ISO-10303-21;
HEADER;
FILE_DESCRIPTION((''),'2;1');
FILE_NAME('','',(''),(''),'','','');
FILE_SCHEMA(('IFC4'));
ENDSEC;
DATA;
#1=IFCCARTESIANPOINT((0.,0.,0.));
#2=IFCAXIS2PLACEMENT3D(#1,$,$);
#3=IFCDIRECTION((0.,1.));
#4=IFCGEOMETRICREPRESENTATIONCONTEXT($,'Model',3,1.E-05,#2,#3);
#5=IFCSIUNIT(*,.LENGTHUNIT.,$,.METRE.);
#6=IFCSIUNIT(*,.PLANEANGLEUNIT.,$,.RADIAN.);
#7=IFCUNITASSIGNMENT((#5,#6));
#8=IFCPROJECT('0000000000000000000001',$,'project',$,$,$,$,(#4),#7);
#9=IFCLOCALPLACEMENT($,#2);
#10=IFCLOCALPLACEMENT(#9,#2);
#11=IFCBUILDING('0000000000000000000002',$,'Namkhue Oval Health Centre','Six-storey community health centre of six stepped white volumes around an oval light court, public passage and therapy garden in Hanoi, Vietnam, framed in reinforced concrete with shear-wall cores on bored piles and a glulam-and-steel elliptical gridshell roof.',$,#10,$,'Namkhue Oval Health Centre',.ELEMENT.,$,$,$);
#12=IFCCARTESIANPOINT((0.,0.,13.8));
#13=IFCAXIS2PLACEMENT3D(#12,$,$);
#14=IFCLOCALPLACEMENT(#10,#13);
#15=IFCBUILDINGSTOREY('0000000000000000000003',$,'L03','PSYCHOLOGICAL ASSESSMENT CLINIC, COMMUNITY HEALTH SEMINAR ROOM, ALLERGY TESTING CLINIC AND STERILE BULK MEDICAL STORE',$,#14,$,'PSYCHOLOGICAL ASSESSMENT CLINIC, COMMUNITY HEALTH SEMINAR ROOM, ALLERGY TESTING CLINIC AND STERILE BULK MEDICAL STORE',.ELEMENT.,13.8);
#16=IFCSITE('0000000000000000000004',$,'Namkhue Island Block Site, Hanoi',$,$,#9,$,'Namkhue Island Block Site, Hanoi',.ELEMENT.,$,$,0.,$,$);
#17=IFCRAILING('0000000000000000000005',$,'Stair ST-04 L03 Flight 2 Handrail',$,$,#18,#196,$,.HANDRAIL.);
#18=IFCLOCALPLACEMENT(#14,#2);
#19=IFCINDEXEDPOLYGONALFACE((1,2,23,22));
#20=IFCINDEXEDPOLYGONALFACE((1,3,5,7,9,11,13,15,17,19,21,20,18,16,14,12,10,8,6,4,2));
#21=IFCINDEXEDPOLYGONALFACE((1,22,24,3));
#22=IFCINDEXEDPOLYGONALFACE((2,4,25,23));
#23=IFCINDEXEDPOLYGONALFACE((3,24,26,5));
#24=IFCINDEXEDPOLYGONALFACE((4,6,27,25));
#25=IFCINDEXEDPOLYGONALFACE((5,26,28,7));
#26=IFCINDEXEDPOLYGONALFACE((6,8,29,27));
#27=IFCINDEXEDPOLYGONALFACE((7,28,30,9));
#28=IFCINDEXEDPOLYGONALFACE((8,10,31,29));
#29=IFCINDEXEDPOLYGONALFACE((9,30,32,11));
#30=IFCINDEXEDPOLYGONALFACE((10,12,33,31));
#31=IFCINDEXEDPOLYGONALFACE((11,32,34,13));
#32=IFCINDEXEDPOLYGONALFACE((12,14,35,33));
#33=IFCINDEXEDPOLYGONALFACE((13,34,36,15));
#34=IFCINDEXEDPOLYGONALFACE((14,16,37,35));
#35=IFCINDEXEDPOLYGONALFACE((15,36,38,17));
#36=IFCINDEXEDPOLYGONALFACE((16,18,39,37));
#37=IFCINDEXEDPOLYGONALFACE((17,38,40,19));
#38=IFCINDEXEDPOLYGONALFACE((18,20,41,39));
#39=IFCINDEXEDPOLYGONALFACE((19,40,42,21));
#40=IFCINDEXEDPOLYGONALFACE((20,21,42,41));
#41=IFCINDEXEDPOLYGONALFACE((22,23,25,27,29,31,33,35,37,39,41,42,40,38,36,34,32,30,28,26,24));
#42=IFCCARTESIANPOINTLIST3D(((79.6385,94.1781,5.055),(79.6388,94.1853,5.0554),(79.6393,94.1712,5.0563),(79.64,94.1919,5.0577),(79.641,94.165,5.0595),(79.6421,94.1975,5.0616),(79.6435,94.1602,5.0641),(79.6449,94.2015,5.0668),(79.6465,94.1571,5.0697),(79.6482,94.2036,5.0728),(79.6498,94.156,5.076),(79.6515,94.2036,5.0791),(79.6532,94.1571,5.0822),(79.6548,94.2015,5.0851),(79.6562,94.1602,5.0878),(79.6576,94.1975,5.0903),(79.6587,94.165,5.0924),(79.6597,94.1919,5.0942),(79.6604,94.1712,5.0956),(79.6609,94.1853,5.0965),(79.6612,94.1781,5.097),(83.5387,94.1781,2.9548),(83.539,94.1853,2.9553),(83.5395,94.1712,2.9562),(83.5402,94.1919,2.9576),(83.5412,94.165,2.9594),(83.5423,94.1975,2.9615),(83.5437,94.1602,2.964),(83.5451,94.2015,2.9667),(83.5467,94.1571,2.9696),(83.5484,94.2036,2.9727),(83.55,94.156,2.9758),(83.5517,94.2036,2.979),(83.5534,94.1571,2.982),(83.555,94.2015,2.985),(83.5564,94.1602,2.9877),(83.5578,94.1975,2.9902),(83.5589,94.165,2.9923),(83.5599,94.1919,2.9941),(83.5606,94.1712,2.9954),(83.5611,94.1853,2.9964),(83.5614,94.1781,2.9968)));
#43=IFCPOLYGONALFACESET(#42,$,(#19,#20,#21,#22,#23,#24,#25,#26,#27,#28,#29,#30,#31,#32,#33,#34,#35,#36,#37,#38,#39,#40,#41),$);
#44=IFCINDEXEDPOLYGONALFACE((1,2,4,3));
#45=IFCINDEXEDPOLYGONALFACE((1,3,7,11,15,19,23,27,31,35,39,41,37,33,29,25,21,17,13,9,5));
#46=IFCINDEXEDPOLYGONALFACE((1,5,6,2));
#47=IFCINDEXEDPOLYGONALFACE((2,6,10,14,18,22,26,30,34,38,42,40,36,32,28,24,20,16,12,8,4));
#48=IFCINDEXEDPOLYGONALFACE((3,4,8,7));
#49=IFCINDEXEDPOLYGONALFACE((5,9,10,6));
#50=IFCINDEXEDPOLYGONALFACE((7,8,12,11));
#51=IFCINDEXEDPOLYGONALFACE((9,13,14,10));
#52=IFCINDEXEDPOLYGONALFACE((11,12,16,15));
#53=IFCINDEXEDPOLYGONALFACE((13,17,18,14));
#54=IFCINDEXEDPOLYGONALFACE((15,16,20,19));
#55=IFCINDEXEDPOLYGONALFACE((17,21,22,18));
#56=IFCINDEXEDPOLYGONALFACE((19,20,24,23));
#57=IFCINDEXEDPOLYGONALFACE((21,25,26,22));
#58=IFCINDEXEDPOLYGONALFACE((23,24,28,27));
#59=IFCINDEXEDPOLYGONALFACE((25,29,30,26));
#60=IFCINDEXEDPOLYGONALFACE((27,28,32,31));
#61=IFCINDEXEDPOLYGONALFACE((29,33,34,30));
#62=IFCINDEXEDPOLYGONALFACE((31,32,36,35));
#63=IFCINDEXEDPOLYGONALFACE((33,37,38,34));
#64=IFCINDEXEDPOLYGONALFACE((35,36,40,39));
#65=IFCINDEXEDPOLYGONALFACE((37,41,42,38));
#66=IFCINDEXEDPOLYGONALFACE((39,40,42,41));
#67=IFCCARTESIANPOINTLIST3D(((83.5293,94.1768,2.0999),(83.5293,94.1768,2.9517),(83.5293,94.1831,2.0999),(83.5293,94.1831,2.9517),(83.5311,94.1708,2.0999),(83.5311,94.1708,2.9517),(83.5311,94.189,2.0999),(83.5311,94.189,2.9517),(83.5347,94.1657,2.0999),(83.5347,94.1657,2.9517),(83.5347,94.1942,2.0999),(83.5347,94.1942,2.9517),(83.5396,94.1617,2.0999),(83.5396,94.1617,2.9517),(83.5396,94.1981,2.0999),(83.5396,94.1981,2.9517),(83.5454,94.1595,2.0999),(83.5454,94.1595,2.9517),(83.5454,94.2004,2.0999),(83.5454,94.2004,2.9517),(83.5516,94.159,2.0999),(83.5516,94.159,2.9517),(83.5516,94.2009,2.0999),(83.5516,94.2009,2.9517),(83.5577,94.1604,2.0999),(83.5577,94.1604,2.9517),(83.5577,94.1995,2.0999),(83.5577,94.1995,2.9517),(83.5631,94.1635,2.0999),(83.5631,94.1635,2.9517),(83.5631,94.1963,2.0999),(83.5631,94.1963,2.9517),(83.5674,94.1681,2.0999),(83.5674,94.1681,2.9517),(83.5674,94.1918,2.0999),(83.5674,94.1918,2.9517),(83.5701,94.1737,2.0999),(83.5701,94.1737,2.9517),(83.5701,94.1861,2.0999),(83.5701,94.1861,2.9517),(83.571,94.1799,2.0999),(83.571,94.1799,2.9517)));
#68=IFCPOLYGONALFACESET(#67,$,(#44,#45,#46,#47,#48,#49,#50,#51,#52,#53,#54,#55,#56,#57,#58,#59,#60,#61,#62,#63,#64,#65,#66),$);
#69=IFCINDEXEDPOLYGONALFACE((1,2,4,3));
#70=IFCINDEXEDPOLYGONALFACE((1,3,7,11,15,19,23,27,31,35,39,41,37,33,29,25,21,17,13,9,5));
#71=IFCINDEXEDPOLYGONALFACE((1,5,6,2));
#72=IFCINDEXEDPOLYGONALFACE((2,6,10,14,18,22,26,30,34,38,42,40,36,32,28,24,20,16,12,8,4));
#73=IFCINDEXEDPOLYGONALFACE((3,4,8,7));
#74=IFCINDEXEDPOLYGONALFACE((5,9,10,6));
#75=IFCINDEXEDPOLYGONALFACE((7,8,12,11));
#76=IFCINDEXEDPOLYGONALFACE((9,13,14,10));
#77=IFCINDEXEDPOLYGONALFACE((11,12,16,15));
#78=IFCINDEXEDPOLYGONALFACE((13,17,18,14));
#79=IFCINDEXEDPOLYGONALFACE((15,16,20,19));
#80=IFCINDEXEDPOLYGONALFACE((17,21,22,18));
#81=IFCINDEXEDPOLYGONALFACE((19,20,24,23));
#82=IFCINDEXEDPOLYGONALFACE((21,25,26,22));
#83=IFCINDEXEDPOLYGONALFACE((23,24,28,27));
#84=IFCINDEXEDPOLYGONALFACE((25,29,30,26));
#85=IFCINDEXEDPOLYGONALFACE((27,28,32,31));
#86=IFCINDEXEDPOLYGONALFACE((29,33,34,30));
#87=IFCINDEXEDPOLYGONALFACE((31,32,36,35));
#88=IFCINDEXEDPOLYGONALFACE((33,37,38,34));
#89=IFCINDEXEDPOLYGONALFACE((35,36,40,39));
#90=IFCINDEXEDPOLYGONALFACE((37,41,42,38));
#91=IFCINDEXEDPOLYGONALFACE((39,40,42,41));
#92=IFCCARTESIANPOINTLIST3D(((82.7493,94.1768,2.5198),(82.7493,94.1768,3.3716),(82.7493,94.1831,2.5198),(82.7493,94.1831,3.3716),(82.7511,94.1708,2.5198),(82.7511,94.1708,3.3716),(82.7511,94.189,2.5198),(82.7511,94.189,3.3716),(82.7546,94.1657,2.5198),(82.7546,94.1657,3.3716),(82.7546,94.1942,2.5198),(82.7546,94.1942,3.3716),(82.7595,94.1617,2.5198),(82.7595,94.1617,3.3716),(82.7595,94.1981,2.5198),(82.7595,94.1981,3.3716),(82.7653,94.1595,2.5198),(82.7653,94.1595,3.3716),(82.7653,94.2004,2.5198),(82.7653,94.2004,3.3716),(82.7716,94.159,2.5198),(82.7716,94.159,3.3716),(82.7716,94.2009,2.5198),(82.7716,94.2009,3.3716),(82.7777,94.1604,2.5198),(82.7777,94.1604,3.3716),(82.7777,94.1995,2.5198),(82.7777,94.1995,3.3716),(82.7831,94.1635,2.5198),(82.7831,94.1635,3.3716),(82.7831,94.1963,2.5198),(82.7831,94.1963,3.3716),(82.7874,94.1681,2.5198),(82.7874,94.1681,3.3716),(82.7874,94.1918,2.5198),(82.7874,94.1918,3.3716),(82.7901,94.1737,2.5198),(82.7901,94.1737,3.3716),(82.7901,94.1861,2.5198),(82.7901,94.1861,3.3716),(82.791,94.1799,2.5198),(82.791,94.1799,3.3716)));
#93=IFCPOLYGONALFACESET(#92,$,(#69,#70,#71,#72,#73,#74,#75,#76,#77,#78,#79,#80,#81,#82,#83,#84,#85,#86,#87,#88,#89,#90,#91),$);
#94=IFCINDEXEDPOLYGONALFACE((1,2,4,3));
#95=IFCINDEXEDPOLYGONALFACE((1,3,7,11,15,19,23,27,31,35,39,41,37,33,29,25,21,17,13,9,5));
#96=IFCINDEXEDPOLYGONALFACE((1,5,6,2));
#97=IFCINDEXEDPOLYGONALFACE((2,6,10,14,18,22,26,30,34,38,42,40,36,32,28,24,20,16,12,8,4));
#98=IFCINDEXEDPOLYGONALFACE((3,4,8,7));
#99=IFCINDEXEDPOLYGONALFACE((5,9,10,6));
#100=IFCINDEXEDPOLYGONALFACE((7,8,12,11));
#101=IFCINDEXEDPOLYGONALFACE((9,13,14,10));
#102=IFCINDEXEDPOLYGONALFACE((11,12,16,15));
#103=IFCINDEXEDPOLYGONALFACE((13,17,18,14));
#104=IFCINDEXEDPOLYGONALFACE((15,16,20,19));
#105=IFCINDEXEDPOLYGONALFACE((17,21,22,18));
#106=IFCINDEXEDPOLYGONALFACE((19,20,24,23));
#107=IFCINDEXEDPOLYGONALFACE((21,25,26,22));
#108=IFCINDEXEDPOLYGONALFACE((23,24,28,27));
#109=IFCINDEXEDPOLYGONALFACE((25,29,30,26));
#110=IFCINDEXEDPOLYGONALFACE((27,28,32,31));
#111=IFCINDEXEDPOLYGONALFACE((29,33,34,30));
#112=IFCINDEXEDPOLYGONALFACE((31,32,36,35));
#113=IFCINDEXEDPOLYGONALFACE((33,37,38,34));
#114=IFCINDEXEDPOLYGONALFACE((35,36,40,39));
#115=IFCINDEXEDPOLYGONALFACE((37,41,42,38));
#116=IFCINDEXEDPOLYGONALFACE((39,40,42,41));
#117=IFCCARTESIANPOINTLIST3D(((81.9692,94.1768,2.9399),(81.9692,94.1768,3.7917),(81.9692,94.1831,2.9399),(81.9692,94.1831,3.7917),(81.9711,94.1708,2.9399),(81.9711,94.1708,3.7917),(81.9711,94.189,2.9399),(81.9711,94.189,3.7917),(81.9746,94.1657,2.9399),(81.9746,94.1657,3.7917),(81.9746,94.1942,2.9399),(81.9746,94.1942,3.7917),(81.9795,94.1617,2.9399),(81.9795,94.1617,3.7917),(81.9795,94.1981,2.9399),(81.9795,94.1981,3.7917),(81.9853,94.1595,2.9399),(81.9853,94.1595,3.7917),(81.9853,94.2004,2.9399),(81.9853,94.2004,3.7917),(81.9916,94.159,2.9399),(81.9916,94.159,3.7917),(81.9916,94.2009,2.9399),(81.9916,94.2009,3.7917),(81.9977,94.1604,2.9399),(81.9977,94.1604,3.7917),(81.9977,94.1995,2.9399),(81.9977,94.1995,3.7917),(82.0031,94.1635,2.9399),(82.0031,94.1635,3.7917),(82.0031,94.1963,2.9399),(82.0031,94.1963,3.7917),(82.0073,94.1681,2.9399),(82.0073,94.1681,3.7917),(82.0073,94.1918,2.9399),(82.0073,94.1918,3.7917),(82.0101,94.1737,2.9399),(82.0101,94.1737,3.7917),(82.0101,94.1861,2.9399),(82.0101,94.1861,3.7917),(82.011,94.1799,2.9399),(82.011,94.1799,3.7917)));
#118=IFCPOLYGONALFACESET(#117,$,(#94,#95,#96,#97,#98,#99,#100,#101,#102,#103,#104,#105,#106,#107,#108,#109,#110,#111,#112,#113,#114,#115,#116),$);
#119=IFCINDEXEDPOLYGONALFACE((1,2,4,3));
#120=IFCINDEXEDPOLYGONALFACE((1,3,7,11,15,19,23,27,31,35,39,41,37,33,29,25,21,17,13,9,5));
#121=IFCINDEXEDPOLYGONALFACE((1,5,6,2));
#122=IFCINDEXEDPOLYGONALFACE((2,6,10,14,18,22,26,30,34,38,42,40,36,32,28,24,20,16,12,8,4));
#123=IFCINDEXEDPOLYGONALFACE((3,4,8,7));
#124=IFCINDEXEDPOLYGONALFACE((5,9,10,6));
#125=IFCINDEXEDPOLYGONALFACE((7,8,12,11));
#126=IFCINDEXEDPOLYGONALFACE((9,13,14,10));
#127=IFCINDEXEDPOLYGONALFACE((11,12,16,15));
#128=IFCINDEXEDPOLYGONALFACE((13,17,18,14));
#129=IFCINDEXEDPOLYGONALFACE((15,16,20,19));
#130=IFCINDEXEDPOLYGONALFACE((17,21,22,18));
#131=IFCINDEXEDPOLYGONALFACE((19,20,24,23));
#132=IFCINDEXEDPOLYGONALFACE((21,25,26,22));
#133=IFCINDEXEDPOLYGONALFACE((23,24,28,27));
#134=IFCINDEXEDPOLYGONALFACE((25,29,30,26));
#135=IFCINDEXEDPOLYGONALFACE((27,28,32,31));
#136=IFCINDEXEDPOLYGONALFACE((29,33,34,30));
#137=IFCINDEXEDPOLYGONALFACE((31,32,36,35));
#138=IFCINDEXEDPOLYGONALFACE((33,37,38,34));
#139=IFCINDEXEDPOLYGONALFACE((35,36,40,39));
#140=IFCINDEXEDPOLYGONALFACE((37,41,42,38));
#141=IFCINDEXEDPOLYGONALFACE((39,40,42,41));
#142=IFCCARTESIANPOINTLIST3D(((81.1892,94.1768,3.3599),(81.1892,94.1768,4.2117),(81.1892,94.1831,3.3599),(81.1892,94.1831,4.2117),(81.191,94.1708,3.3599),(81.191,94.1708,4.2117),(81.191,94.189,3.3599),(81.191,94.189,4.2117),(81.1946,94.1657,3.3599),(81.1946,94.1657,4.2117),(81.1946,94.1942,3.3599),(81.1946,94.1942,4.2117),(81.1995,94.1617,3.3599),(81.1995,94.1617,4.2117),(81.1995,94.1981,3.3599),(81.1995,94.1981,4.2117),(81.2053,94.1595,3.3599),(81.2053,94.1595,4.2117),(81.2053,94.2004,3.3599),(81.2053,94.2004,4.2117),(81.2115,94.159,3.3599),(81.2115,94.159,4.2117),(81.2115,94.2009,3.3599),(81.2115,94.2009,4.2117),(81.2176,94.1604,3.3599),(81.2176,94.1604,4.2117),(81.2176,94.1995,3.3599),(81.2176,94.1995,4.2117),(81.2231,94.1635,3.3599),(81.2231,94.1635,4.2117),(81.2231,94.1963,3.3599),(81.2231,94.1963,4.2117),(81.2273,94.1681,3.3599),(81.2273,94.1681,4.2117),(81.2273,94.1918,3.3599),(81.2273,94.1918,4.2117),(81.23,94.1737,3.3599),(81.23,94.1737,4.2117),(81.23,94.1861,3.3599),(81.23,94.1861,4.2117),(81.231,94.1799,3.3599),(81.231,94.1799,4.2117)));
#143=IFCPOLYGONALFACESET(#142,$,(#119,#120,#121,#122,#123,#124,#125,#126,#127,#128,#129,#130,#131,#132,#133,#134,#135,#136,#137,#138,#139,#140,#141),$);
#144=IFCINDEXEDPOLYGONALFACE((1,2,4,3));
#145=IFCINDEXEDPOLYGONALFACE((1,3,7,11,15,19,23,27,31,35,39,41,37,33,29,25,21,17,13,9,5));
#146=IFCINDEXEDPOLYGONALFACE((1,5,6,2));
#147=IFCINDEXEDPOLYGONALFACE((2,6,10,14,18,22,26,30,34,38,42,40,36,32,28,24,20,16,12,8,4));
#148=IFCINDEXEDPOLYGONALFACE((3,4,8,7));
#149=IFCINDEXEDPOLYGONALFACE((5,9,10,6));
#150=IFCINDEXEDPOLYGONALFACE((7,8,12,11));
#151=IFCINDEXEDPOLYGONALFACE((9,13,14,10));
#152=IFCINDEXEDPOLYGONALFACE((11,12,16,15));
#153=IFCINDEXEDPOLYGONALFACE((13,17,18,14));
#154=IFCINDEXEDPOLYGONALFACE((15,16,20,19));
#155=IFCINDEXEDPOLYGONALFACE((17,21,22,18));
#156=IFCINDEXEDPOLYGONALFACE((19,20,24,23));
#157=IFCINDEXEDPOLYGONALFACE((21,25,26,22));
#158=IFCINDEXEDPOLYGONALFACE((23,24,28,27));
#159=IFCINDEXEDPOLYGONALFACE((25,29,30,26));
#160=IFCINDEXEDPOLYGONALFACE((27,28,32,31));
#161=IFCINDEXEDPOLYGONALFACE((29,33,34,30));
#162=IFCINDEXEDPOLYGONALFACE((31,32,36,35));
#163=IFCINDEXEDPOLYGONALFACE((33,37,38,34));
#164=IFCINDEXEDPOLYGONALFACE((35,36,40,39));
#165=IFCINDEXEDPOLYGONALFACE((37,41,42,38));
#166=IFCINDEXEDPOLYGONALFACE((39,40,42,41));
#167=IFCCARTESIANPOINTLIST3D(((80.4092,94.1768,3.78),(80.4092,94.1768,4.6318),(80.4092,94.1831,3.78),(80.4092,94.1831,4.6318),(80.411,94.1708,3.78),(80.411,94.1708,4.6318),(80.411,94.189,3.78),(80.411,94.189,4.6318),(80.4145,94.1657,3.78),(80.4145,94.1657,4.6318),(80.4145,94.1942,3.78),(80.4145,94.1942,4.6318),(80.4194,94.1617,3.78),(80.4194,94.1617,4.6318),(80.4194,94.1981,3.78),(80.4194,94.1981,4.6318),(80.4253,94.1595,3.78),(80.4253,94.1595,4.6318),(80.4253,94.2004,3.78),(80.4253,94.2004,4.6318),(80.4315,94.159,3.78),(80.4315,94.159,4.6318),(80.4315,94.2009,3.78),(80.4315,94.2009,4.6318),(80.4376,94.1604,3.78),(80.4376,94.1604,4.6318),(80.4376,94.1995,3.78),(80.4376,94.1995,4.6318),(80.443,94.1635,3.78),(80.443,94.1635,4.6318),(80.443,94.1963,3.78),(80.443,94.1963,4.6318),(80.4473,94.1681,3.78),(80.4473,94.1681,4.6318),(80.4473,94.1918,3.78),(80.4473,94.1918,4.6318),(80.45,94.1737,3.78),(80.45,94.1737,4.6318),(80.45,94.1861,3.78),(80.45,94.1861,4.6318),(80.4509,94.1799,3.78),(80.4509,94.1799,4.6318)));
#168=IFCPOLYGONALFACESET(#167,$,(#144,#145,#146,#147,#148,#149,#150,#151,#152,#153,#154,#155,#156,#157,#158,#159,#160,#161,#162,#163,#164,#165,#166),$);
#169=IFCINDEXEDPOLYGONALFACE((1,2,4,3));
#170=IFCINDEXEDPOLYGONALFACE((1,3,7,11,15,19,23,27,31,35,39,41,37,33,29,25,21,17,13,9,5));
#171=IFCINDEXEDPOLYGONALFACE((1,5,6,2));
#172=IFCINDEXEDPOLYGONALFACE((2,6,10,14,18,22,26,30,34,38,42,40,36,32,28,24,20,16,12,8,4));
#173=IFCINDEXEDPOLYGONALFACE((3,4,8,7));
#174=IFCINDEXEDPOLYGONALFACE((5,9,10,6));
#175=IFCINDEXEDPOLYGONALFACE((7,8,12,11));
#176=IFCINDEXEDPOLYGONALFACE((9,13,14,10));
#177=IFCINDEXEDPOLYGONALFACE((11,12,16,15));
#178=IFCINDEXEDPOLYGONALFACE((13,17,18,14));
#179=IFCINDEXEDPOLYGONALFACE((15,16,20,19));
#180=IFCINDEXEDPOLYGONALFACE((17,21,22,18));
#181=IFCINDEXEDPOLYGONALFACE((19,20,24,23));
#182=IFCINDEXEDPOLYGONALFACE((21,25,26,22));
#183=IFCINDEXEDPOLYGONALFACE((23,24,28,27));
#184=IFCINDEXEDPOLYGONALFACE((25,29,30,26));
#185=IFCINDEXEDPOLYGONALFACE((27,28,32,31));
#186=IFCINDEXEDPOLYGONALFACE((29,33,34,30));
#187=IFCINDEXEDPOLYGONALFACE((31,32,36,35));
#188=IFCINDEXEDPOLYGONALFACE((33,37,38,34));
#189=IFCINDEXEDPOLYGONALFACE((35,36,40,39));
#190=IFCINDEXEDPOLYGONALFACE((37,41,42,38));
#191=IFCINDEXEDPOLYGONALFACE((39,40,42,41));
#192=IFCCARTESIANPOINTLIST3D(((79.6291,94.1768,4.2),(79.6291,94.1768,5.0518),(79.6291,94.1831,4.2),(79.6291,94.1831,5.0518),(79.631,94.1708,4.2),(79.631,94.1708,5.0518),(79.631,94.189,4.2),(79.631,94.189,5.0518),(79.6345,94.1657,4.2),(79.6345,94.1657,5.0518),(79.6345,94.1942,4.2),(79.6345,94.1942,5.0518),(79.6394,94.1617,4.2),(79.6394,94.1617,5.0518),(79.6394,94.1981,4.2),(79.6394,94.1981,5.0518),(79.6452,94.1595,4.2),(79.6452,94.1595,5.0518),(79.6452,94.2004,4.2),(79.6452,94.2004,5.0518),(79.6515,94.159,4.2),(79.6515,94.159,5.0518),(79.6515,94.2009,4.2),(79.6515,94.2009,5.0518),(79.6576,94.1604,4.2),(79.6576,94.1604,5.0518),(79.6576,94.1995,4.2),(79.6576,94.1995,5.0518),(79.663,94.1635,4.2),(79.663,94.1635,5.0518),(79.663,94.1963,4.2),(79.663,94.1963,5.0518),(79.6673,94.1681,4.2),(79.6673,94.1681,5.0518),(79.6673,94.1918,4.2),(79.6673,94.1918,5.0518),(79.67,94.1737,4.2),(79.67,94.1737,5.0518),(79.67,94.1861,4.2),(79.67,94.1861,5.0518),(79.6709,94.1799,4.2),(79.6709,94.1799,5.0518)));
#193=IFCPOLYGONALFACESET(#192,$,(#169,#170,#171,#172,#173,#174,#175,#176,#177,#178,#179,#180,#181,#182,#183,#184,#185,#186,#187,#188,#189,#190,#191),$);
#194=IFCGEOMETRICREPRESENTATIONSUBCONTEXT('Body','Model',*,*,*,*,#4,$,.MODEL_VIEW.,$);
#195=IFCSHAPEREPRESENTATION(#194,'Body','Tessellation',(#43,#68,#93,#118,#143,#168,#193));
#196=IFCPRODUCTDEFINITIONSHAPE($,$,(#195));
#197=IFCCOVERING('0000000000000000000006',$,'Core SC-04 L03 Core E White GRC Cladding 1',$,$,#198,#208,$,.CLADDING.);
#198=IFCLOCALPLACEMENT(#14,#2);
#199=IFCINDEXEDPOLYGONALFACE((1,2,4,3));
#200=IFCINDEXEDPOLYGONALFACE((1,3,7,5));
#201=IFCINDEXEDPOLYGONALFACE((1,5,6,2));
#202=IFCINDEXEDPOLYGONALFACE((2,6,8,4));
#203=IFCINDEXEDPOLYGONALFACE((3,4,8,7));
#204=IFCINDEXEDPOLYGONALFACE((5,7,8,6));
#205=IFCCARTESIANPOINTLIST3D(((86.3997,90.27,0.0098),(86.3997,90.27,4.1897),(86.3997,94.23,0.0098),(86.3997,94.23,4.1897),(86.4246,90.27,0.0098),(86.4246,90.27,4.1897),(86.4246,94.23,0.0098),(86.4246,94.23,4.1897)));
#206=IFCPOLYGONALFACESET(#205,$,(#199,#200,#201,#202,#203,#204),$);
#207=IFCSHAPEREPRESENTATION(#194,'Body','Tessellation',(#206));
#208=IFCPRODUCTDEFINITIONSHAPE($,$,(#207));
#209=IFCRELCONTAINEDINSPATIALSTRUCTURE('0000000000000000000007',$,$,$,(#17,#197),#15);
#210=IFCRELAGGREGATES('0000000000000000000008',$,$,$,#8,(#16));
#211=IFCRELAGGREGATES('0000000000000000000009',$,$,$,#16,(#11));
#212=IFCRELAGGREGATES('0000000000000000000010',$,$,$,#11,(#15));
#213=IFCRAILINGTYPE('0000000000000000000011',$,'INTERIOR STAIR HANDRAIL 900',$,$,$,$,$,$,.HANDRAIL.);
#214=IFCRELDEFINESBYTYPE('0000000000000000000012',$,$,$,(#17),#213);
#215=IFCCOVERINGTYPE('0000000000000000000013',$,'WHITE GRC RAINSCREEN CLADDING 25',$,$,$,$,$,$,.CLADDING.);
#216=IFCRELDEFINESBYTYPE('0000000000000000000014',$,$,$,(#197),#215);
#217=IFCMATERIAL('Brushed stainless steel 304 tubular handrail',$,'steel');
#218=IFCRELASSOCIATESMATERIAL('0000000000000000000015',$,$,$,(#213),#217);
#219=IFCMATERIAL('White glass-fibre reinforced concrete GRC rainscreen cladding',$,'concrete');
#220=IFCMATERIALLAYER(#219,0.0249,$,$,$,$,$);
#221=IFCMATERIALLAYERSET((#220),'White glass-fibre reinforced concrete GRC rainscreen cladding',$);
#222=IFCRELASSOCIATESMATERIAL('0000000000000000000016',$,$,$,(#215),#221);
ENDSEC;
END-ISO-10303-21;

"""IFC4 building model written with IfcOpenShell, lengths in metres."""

from ifc_helpers import new_model, si_unit, direction, frame, origin, origin_2d, place, context, subcontext, project, spatial, rectangle, circle, extrude, material, layer, layer_set, type_object, element, save


model = new_model("IFC4")

# Units and contexts
model_context = context("Model", 3, precision=1e-05, world=origin(), true_north=direction((0.0, 1.0)))
body_context = subcontext(model_context, "Body", "Model", "MODEL_VIEW")
ifc_project = project(units=[si_unit("LENGTHUNIT", "METRE"), si_unit("PLANEANGLEUNIT", "RADIAN")], contexts=[model_context])

# Site, building, storey
site_placement = place(None, origin())
site = spatial("IfcSite", under=ifc_project, at=site_placement, Name="Namkhue Island Block Site, Hanoi", LongName="Namkhue Island Block Site, Hanoi", CompositionType="ELEMENT", RefElevation=0.0)
building_placement = place(site_placement, origin())
building = spatial("IfcBuilding", under=site, at=building_placement, Name="Namkhue Oval Health Centre", Description="Six-storey community health centre of six stepped white volumes around an oval light court, public passage and therapy garden in Hanoi, Vietnam, framed in reinforced concrete with shear-wall cores on bored piles and a glulam-and-steel elliptical gridshell roof.", LongName="Namkhue Oval Health Centre", CompositionType="ELEMENT")
storey_placement = place(building_placement, frame((0.0, 0.0, 13.8)))
storey = spatial("IfcBuildingStorey", under=building, at=storey_placement, Name="L03", Description="PSYCHOLOGICAL ASSESSMENT CLINIC, COMMUNITY HEALTH SEMINAR ROOM, ALLERGY TESTING CLINIC AND STERILE BULK MEDICAL STORE", LongName="PSYCHOLOGICAL ASSESSMENT CLINIC, COMMUNITY HEALTH SEMINAR ROOM, ALLERGY TESTING CLINIC AND STERILE BULK MEDICAL STORE", CompositionType="ELEMENT", Elevation=13.8)

# Railing
ifc_material_1 = material(Name="Brushed stainless steel 304 tubular handrail", Category="steel")
railing_type = type_object("IfcRailingType", Name="INTERIOR STAIR HANDRAIL 900", PredefinedType="HANDRAIL", material=ifc_material_1)
railing_placement = place(storey_placement, frame((83.55, 94.1799, 2.0999)))
element("IfcRailing", 1, at=railing_placement, inside=storey, type_object=railing_type, Name="Stair ST-04 L03 Flight 2 Handrail", PredefinedType="HANDRAIL", context=body_context, shape_type="SweptSolid", body=[
    extrude(circle(Radius=0.0239, at=origin_2d()), frame((0.0, 0.0, 0.876), z_axis=(-0.880469, 0.0, 0.474103), x_axis=(0.0, -1.0, 0.0)), (0.0, 0.0, 1.0), 4.4297),
    extrude(circle(Radius=0.021, at=origin_2d()), origin(), (0.0, 0.0, 1.0), 0.8518),
    extrude(circle(Radius=0.021, at=origin_2d()), frame((-0.78, 0.0, 0.4199)), (0.0, 0.0, 1.0), 0.8518),
    extrude(circle(Radius=0.021, at=origin_2d()), frame((-1.5601, 0.0, 0.8401)), (0.0, 0.0, 1.0), 0.8518),
    extrude(circle(Radius=0.021, at=origin_2d()), frame((-2.3401, 0.0, 1.26)), (0.0, 0.0, 1.0), 0.8518),
    extrude(circle(Radius=0.021, at=origin_2d()), frame((-3.1201, 0.0, 1.6802)), (0.0, 0.0, 1.0), 0.8518),
    extrude(circle(Radius=0.021, at=origin_2d()), frame((-3.9001, 0.0, 2.1001)), (0.0, 0.0, 1.0), 0.8518),
])

# Covering
ifc_material_2 = material(Name="White glass-fibre reinforced concrete GRC rainscreen cladding", Category="concrete")
ifc_layer_1 = layer(ifc_material_2, 0.0249)
ifc_layer_set_1 = layer_set([ifc_layer_1], Name="White glass-fibre reinforced concrete GRC rainscreen cladding")
covering_type = type_object("IfcCoveringType", Name="WHITE GRC RAINSCREEN CLADDING 25", PredefinedType="CLADDING", material=ifc_layer_set_1)
for number, where, z_axis, x_axis, name in (
    (2, (86.4121, 92.25, 0.0098), (0.0, 0.0, 1.0), (0.0, 1.0, 0.0), "Core SC-04 L03 Core E White GRC Cladding 1"),
):
    element("IfcCovering", number, at=place(storey_placement, frame(where, z_axis=z_axis, x_axis=x_axis)), inside=storey, type_object=covering_type, Name=name, PredefinedType="CLADDING", context=body_context, shape_type="SweptSolid", body=[
        extrude(rectangle(XDim=3.96, YDim=0.0249, at=origin_2d()), origin(), (0.0, 0.0, 1.0), 4.1799),
    ])

save(model, "model.ifc")
